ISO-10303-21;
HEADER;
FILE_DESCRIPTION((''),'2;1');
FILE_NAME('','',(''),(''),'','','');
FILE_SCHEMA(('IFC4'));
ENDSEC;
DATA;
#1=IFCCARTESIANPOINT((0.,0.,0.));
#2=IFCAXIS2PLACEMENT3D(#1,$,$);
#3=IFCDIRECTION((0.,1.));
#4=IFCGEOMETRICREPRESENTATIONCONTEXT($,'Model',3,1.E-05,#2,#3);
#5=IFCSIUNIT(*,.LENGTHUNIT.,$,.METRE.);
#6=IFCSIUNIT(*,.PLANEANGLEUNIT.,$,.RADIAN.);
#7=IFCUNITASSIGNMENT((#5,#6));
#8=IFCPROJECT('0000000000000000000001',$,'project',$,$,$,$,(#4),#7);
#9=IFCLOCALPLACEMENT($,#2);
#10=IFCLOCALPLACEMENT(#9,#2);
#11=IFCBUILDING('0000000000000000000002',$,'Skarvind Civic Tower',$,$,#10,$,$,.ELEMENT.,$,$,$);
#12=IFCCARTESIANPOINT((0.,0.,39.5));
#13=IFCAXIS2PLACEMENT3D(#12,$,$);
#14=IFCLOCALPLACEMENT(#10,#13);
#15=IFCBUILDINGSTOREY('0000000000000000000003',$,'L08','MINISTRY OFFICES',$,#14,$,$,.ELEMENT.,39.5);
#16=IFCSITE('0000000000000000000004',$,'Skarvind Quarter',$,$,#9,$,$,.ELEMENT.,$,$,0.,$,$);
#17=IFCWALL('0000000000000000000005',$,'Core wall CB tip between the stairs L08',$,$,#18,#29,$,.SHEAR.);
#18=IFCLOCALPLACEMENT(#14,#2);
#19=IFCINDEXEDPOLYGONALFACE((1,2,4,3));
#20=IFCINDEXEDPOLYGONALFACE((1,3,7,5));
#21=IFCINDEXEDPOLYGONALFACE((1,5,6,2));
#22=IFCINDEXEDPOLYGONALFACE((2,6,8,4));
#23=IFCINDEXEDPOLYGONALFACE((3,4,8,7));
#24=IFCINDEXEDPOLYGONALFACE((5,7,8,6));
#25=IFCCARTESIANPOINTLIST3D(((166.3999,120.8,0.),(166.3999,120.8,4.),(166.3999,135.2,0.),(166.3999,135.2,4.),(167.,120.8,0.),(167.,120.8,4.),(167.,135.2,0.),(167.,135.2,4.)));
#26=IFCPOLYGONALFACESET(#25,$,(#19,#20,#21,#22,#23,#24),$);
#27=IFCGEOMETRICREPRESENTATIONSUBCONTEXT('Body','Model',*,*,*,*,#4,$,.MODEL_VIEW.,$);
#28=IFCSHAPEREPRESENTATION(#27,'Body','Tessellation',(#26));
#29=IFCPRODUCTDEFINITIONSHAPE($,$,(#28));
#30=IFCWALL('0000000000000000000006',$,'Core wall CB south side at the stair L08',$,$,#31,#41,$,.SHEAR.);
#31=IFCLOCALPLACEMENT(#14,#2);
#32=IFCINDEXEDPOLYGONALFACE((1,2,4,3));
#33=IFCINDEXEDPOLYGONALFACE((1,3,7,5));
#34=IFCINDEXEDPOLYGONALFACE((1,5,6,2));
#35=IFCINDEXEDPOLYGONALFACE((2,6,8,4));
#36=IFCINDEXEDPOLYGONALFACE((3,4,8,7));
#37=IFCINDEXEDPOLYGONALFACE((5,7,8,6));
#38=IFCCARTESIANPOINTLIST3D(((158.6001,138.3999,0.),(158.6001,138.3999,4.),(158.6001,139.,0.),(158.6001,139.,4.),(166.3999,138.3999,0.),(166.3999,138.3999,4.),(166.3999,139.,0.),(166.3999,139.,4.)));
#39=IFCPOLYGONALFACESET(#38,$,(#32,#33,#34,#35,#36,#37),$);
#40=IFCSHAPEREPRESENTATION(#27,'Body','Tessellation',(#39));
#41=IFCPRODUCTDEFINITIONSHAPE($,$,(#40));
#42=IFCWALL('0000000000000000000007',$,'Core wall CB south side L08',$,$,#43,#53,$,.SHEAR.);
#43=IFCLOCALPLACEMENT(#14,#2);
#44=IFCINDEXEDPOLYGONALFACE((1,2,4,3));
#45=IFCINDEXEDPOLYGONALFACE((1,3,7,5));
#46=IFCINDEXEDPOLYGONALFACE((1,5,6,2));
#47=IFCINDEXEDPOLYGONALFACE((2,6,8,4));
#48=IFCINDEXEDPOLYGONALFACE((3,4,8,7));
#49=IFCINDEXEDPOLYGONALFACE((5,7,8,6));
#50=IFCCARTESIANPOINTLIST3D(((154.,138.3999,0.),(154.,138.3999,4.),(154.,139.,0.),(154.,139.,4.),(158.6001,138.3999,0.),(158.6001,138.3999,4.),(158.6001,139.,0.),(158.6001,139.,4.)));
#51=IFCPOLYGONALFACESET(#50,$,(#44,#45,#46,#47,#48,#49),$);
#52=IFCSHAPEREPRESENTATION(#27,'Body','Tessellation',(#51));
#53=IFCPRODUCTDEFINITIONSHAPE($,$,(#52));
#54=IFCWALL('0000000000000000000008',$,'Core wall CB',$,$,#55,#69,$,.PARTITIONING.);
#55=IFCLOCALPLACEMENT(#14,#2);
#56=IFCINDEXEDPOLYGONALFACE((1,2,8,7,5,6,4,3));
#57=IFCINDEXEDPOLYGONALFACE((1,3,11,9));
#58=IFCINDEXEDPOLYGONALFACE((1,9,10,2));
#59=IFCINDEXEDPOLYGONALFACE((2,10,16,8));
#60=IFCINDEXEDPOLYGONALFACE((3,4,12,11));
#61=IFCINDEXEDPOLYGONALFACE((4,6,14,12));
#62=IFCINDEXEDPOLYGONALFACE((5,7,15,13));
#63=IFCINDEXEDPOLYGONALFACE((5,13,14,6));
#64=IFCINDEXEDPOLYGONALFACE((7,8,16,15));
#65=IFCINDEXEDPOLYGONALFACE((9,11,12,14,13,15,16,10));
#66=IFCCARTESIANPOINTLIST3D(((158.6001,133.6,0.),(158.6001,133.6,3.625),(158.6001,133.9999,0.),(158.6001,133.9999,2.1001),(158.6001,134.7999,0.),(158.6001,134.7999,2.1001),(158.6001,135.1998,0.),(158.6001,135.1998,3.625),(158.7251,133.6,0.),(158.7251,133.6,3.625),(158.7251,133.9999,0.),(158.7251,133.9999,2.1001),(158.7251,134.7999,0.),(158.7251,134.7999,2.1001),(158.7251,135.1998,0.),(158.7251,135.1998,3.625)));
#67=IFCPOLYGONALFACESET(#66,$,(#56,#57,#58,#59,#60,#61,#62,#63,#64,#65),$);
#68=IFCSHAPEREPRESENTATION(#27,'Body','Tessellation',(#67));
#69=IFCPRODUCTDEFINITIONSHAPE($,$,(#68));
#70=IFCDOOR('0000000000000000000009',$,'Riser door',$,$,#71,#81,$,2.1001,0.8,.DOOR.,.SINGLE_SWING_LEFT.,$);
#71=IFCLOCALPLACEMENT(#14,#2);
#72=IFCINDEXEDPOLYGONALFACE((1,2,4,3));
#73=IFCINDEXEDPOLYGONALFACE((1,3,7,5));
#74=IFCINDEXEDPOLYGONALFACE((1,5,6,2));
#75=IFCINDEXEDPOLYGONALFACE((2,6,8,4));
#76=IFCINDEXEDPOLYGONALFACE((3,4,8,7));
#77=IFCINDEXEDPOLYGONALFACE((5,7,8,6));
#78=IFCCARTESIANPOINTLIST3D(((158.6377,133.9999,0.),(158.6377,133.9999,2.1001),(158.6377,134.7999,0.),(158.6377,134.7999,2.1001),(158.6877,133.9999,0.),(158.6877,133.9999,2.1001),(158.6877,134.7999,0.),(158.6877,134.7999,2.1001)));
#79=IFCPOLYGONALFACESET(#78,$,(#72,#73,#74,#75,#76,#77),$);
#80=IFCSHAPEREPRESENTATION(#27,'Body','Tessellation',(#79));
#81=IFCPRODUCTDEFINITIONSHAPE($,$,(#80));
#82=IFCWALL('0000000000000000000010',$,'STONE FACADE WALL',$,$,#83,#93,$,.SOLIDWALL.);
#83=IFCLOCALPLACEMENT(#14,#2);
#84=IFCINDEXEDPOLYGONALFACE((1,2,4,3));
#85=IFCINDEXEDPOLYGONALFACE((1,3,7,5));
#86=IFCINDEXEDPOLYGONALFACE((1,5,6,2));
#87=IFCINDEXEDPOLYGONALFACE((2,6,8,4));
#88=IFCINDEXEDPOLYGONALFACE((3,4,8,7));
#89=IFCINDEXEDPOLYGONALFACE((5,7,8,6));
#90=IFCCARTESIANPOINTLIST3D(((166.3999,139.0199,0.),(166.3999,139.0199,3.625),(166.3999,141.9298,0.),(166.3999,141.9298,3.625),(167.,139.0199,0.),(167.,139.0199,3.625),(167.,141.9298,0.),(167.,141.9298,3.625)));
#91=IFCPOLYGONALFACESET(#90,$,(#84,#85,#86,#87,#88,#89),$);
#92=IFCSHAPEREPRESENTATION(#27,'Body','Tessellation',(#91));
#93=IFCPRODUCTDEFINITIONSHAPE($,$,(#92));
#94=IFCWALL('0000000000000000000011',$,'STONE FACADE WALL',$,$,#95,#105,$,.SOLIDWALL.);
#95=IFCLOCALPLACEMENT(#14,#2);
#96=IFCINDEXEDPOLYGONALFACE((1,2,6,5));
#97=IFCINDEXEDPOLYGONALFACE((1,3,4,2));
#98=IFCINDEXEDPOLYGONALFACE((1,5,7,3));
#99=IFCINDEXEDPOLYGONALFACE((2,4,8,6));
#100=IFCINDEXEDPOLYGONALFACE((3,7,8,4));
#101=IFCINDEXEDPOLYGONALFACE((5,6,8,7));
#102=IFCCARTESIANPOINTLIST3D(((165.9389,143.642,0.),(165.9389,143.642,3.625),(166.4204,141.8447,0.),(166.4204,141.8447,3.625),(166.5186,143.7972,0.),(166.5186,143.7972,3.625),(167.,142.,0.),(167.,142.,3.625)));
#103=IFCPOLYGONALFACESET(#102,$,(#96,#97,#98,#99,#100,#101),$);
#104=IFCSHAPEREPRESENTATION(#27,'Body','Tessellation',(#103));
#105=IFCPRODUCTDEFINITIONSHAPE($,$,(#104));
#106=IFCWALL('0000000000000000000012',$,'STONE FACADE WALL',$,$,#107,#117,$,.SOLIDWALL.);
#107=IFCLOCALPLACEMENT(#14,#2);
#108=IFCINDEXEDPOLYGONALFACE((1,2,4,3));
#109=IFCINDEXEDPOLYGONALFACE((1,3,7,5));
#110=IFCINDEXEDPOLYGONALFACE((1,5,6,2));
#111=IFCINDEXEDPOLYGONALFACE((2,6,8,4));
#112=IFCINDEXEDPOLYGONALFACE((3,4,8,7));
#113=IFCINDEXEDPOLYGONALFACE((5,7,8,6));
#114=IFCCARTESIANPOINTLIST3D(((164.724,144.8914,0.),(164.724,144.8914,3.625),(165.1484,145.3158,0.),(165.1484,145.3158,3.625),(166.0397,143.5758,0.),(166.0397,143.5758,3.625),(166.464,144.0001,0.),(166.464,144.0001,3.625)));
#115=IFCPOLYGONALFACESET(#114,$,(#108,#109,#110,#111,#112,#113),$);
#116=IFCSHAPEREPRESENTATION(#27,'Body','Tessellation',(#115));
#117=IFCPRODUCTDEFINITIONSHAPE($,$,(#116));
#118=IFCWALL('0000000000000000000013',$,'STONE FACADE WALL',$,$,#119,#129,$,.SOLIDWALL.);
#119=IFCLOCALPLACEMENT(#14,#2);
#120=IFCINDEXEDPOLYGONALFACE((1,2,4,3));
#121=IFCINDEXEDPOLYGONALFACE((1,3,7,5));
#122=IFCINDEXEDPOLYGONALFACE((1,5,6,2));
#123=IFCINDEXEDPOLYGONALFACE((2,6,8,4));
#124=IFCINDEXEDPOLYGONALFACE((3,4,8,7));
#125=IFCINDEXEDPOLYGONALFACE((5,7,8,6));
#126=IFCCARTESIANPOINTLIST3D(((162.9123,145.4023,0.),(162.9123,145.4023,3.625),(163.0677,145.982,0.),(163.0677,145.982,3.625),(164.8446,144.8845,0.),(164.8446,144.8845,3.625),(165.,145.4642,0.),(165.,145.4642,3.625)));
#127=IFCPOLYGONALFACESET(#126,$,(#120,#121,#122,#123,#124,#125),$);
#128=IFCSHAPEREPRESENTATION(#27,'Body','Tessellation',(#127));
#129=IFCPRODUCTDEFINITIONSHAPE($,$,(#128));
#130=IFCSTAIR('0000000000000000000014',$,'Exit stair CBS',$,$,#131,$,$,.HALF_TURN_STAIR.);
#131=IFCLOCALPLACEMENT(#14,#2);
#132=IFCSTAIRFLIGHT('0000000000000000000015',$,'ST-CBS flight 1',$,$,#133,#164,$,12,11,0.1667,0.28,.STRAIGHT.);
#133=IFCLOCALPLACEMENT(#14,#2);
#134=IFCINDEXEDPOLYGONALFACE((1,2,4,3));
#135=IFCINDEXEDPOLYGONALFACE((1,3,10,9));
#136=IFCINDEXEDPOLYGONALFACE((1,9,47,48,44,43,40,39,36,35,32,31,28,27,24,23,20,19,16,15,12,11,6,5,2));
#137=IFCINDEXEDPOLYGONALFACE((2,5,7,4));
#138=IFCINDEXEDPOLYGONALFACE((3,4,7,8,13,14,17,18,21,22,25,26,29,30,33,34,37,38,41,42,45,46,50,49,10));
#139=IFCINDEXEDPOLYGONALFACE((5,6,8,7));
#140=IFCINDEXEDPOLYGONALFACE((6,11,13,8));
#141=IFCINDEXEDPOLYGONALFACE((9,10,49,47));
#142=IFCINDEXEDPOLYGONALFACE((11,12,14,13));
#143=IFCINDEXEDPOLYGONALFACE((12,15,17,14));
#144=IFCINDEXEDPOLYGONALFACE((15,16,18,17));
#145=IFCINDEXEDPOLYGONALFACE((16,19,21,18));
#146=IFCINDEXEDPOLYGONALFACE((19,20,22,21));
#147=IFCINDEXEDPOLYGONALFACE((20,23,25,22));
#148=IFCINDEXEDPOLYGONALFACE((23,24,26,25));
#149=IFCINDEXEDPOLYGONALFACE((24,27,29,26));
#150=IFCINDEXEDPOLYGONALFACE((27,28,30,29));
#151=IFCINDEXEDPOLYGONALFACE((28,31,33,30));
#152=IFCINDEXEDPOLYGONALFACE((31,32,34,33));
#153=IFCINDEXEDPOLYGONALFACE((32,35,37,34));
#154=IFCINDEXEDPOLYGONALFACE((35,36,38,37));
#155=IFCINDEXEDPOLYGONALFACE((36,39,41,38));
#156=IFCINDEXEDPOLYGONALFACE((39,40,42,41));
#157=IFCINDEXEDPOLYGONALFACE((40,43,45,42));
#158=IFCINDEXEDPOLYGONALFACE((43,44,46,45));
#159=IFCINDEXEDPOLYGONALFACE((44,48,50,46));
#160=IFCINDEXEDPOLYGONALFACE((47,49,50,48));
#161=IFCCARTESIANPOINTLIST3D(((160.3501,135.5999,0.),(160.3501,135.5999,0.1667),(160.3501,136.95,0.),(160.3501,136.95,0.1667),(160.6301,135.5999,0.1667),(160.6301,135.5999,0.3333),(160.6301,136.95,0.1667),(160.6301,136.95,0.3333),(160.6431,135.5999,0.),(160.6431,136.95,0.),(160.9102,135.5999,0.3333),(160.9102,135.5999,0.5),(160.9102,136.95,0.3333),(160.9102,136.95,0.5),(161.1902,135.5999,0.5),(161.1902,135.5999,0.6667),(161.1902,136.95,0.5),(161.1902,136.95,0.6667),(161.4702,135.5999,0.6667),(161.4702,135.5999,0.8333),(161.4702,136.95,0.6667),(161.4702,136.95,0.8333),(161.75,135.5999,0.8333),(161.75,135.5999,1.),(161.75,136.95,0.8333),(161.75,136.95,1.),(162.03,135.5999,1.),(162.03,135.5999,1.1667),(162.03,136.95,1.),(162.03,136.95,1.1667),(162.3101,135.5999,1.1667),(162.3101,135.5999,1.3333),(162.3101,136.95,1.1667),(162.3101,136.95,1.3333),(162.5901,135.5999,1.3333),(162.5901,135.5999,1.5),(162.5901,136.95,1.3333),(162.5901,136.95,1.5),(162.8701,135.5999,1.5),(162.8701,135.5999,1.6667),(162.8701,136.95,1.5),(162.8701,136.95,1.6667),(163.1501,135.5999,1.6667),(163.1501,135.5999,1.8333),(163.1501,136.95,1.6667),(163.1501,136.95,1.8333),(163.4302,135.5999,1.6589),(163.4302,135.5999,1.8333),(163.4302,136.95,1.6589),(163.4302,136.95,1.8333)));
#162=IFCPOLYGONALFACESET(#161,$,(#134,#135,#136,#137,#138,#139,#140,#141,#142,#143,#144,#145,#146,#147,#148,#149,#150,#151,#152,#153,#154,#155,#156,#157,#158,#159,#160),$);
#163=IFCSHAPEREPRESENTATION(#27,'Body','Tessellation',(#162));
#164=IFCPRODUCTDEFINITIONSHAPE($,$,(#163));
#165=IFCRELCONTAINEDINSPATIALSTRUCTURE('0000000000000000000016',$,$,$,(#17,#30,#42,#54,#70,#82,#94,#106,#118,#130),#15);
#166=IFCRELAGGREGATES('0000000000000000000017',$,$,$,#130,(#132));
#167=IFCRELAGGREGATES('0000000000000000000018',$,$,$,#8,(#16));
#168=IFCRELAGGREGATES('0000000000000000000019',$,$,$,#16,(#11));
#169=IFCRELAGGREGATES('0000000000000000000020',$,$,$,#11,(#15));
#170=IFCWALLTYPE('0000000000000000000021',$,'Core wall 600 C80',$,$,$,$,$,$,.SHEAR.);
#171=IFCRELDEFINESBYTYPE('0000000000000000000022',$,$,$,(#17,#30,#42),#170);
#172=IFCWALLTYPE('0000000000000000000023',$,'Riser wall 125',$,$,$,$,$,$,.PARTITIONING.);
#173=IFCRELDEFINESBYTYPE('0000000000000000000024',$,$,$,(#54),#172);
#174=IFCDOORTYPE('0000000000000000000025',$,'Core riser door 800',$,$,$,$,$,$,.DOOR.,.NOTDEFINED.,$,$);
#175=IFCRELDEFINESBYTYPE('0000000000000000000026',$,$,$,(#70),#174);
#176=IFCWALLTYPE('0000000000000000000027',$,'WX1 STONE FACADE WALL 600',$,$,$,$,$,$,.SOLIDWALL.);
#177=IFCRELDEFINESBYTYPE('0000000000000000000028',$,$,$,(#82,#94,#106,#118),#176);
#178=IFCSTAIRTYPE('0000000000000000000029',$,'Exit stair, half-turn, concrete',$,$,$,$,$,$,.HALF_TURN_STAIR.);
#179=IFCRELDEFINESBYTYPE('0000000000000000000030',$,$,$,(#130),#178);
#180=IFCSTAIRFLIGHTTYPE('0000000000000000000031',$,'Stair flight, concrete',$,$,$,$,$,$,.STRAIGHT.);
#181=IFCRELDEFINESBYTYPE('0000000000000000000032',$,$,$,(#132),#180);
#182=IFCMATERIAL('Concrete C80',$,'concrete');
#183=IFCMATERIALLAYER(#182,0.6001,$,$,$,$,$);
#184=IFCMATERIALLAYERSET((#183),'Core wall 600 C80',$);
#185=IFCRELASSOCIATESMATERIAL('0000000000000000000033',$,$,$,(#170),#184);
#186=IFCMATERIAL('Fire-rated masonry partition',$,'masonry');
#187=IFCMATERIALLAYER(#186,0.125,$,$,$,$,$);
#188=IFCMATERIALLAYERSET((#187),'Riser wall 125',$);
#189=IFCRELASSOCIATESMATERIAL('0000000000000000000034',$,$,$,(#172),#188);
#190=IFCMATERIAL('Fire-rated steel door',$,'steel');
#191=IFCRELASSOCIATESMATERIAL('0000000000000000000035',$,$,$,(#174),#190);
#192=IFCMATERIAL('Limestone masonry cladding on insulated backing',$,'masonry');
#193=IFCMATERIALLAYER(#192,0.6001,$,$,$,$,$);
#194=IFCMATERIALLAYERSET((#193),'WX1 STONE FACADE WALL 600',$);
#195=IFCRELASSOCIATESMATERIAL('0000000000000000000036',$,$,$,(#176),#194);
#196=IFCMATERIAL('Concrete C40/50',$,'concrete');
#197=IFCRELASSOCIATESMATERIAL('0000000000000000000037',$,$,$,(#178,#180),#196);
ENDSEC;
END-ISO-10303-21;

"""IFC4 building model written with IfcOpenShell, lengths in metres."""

from ifc_helpers import new_model, si_unit, direction, frame, frame_2d, origin, place, context, subcontext, project, spatial, polyline, rectangle, outline, extrude, material, layer, layer_set, type_object, element, fill, aggregate, save


model = new_model("IFC4")

# Units and contexts
model_context = context("Model", 3, precision=1e-05, world=origin(), true_north=direction((0.0, 1.0)))
body_context = subcontext(model_context, "Body", "Model", "MODEL_VIEW")
ifc_project = project(units=[si_unit("LENGTHUNIT", "METRE"), si_unit("PLANEANGLEUNIT", "RADIAN")], contexts=[model_context])

# Site, building, storey
site_placement = place(None, origin())
site = spatial("IfcSite", under=ifc_project, at=site_placement, Name="Skarvind Quarter", CompositionType="ELEMENT", RefElevation=0.0)
building_placement = place(site_placement, origin())
building = spatial("IfcBuilding", under=site, at=building_placement, Name="Skarvind Civic Tower", CompositionType="ELEMENT")
storey_placement = place(building_placement, frame((0.0, 0.0, 39.5)))
storey = spatial("IfcBuildingStorey", under=building, at=storey_placement, Name="L08", Description="MINISTRY OFFICES", CompositionType="ELEMENT", Elevation=39.5)

# Shared definitions
ifc_material_1 = material(Name="Fire-rated masonry partition", Category="masonry")
ifc_material_2 = material(Name="Fire-rated steel door", Category="steel")

# Shared definitions
ifc_material_3 = material(Name="Concrete C80", Category="concrete")

# Walls
ifc_layer_1 = layer(ifc_material_3, 0.6001)
ifc_layer_set_1 = layer_set([ifc_layer_1], Name="Core wall 600 C80")
wall_type_1 = type_object("IfcWallType", Name="Core wall 600 C80", PredefinedType="SHEAR", material=ifc_layer_set_1)
wall_1_placement = place(storey_placement, frame((166.7, 135.2, 0.0), z_axis=(0.0, 0.0, 1.0), x_axis=(0.0, -1.0, 0.0)))
element("IfcWall", 1, at=wall_1_placement, inside=storey, type_object=wall_type_1, Name="Core wall CB tip between the stairs L08", PredefinedType="SHEAR", context=body_context, shape_type="SweptSolid", body=[
    extrude(rectangle(XDim=14.3999, YDim=0.6001, at=frame_2d((7.2, 0.0))), origin(), (0.0, 0.0, 1.0), 4.0),
])
wall_2_placement = place(storey_placement, frame((166.3999, 138.7, 0.0), z_axis=(0.0, 0.0, 1.0), x_axis=(-1.0, 0.0, 0.0)))
element("IfcWall", 2, at=wall_2_placement, inside=storey, type_object=wall_type_1, Name="Core wall CB south side at the stair L08", PredefinedType="SHEAR", context=body_context, shape_type="SweptSolid", body=[
    extrude(rectangle(XDim=7.7998, YDim=0.6001, at=frame_2d((3.8999, 0.0))), origin(), (0.0, 0.0, 1.0), 4.0),
])
wall_3_placement = place(storey_placement, frame((158.6001, 138.7, 0.0), z_axis=(0.0, 0.0, 1.0), x_axis=(-1.0, 0.0, 0.0)))
element("IfcWall", 3, at=wall_3_placement, inside=storey, type_object=wall_type_1, Name="Core wall CB south side L08", PredefinedType="SHEAR", context=body_context, shape_type="SweptSolid", body=[
    extrude(rectangle(XDim=4.6001, YDim=0.6001, at=frame_2d((2.3, 0.0))), origin(), (0.0, 0.0, 1.0), 4.0),
])

# Wall, opening, door
ifc_layer_2 = layer(ifc_material_1, 0.125)
ifc_layer_set_2 = layer_set([ifc_layer_2], Name="Riser wall 125")
wall_type_2 = type_object("IfcWallType", Name="Riser wall 125", PredefinedType="PARTITIONING", material=ifc_layer_set_2)
wall_4_placement = place(storey_placement, frame((158.6626, 133.6001, 0.0), z_axis=(0.0, 0.0, 1.0), x_axis=(0.0, 1.0, 0.0)))
wall_4 = element("IfcWall", 4, at=wall_4_placement, inside=storey, type_object=wall_type_2, Name="Core wall CB", PredefinedType="PARTITIONING", context=body_context, shape_type="SweptSolid", body=[
    extrude(rectangle(XDim=1.5999, YDim=0.125, at=frame_2d((0.7998, 0.0))), origin(), (0.0, 0.0, 1.0), 3.625),
])
opening_1_placement = place(wall_4_placement, frame((0.3999, 0.0, 0.0)))
opening_1 = element("IfcOpeningElement", 5, at=opening_1_placement, cuts=wall_4, PredefinedType="OPENING", context=body_context, shape_type="SweptSolid", body=[
    extrude(rectangle(XDim=0.8, YDim=2.1001, at=frame_2d((0.3999, 1.05))), frame((0.0, 0.0725, 0.0), z_axis=(0.0, -1.0, 0.0), x_axis=(1.0, 0.0, 0.0)), (0.0, 0.0, 1.0), 0.145),
])
door_type_1 = type_object("IfcDoorType", Name="Core riser door 800", OperationType="NOTDEFINED", PredefinedType="DOOR", material=ifc_material_2)
door_1_placement = place(opening_1_placement, origin())
door_1 = element("IfcDoor", 6, at=door_1_placement, inside=storey, type_object=door_type_1, Name="Riser door", OperationType="SINGLE_SWING_LEFT", OverallHeight=2.1001, OverallWidth=0.8, PredefinedType="DOOR", context=body_context, shape_type="SweptSolid", body=[
    extrude(rectangle(XDim=0.8, YDim=2.1001, at=frame_2d((0.3999, 1.05))), frame((0.0, 0.0249, 0.0), z_axis=(0.0, -1.0, 0.0), x_axis=(1.0, 0.0, 0.0)), (0.0, 0.0, 1.0), 0.05),
])
fill(opening_1, door_1)

# Walls
ifc_material_4 = material(Name="Limestone masonry cladding on insulated backing", Category="masonry")
ifc_layer_3 = layer(ifc_material_4, 0.6001)
ifc_layer_set_3 = layer_set([ifc_layer_3], Name="WX1 STONE FACADE WALL 600")
wall_type_3 = type_object("IfcWallType", Name="WX1 STONE FACADE WALL 600", PredefinedType="SOLIDWALL", material=ifc_layer_set_3)
wall_5_placement = place(storey_placement, frame((166.7, 141.9299, 0.0), z_axis=(0.0, 0.0, 1.0), x_axis=(0.0, -1.0, 0.0)))
element("IfcWall", 7, at=wall_5_placement, inside=storey, type_object=wall_type_3, Name="STONE FACADE WALL", PredefinedType="SOLIDWALL", context=body_context, shape_type="SweptSolid", body=[
    extrude(rectangle(XDim=2.9099, YDim=0.6001, at=frame_2d((1.4551, 0.0))), origin(), (0.0, 0.0, 1.0), 3.625),
])
for number, where, z_axis, x_axis, name in (
    (8, (166.2288, 143.7195, 0.0), (0.0, 0.0, 1.0), (0.258773, -0.965938, 0.0), "STONE FACADE WALL"),
    (9, (164.9363, 145.1035, 0.0), (0.0, 0.0, 1.0), (0.707107, -0.707107, 0.0), "STONE FACADE WALL"),
):
    element("IfcWall", number, at=place(storey_placement, frame(where, z_axis=z_axis, x_axis=x_axis)), inside=storey, type_object=wall_type_3, Name=name, PredefinedType="SOLIDWALL", context=body_context, shape_type="SweptSolid", body=[
        extrude(rectangle(XDim=1.8606, YDim=0.6001, at=frame_2d((0.9302, 0.0))), origin(), (0.0, 0.0, 1.0), 3.625),
    ])
wall_6_placement = place(storey_placement, frame((162.99, 145.6921, 0.0), z_axis=(0.0, 0.0, 1.0), x_axis=(0.96592, -0.25884, 0.0)))
element("IfcWall", 10, at=wall_6_placement, inside=storey, type_object=wall_type_3, Name="STONE FACADE WALL", PredefinedType="SOLIDWALL", context=body_context, shape_type="SweptSolid", body=[
    extrude(rectangle(XDim=2.0005, YDim=0.6001, at=frame_2d((1.0002, 0.0))), origin(), (0.0, 0.0, 1.0), 3.625),
])

# Stair, stair flight
ifc_material_5 = material(Name="Concrete C40/50", Category="concrete")
stair_type = type_object("IfcStairType", Name="Exit stair, half-turn, concrete", PredefinedType="HALF_TURN_STAIR", material=ifc_material_5)
stair_placement = place(storey_placement, origin())
stair = element("IfcStair", 11, at=stair_placement, inside=storey, type_object=stair_type, Name="Exit stair CBS", PredefinedType="HALF_TURN_STAIR")
stair_flight_type = type_object("IfcStairFlightType", Name="Stair flight, concrete", PredefinedType="STRAIGHT", material=ifc_material_5)
stair_flight_1_placement = place(storey_placement, frame((160.3501, 136.2749, 0.0), z_axis=(0.0, 0.0, 1.0), x_axis=(1.0, 0.0, 0.0)))
stair_flight_1 = element("IfcStairFlight", 12, at=stair_flight_1_placement, type_object=stair_flight_type, Name="ST-CBS flight 1", NumberOfRisers=12, NumberOfTreads=11, PredefinedType="STRAIGHT", RiserHeight=0.1667, TreadLength=0.28, context=body_context, shape_type="SweptSolid", body=[
    extrude(outline(polyline([(0.0, 0.0), (0.0, 0.1667), (0.28, 0.1667), (0.28, 0.3333), (0.5601, 0.3333), (0.5601, 0.5), (0.8401, 0.5), (0.8401, 0.6667), (1.1201, 0.6667), (1.1201, 0.8333), (1.3999, 0.8333), (1.3999, 1.0), (1.6799, 1.0), (1.6799, 1.1667), (1.96, 1.1667), (1.96, 1.3333), (2.24, 1.3333), (2.24, 1.5), (2.52, 1.5), (2.52, 1.6667), (2.8, 1.6667), (2.8, 1.8333), (3.0801, 1.8333), (3.0801, 2.0), (3.0801, 1.6589), (0.293, 0.0), (0.0, 0.0)])), frame((0.0, 0.675, 0.0), z_axis=(0.0, -1.0, 0.0), x_axis=(1.0, 0.0, 0.0)), (0.0, 0.0, 1.0), 1.3501),
])
aggregate(stair, [stair_flight_1])

save(model, "model.ifc")
